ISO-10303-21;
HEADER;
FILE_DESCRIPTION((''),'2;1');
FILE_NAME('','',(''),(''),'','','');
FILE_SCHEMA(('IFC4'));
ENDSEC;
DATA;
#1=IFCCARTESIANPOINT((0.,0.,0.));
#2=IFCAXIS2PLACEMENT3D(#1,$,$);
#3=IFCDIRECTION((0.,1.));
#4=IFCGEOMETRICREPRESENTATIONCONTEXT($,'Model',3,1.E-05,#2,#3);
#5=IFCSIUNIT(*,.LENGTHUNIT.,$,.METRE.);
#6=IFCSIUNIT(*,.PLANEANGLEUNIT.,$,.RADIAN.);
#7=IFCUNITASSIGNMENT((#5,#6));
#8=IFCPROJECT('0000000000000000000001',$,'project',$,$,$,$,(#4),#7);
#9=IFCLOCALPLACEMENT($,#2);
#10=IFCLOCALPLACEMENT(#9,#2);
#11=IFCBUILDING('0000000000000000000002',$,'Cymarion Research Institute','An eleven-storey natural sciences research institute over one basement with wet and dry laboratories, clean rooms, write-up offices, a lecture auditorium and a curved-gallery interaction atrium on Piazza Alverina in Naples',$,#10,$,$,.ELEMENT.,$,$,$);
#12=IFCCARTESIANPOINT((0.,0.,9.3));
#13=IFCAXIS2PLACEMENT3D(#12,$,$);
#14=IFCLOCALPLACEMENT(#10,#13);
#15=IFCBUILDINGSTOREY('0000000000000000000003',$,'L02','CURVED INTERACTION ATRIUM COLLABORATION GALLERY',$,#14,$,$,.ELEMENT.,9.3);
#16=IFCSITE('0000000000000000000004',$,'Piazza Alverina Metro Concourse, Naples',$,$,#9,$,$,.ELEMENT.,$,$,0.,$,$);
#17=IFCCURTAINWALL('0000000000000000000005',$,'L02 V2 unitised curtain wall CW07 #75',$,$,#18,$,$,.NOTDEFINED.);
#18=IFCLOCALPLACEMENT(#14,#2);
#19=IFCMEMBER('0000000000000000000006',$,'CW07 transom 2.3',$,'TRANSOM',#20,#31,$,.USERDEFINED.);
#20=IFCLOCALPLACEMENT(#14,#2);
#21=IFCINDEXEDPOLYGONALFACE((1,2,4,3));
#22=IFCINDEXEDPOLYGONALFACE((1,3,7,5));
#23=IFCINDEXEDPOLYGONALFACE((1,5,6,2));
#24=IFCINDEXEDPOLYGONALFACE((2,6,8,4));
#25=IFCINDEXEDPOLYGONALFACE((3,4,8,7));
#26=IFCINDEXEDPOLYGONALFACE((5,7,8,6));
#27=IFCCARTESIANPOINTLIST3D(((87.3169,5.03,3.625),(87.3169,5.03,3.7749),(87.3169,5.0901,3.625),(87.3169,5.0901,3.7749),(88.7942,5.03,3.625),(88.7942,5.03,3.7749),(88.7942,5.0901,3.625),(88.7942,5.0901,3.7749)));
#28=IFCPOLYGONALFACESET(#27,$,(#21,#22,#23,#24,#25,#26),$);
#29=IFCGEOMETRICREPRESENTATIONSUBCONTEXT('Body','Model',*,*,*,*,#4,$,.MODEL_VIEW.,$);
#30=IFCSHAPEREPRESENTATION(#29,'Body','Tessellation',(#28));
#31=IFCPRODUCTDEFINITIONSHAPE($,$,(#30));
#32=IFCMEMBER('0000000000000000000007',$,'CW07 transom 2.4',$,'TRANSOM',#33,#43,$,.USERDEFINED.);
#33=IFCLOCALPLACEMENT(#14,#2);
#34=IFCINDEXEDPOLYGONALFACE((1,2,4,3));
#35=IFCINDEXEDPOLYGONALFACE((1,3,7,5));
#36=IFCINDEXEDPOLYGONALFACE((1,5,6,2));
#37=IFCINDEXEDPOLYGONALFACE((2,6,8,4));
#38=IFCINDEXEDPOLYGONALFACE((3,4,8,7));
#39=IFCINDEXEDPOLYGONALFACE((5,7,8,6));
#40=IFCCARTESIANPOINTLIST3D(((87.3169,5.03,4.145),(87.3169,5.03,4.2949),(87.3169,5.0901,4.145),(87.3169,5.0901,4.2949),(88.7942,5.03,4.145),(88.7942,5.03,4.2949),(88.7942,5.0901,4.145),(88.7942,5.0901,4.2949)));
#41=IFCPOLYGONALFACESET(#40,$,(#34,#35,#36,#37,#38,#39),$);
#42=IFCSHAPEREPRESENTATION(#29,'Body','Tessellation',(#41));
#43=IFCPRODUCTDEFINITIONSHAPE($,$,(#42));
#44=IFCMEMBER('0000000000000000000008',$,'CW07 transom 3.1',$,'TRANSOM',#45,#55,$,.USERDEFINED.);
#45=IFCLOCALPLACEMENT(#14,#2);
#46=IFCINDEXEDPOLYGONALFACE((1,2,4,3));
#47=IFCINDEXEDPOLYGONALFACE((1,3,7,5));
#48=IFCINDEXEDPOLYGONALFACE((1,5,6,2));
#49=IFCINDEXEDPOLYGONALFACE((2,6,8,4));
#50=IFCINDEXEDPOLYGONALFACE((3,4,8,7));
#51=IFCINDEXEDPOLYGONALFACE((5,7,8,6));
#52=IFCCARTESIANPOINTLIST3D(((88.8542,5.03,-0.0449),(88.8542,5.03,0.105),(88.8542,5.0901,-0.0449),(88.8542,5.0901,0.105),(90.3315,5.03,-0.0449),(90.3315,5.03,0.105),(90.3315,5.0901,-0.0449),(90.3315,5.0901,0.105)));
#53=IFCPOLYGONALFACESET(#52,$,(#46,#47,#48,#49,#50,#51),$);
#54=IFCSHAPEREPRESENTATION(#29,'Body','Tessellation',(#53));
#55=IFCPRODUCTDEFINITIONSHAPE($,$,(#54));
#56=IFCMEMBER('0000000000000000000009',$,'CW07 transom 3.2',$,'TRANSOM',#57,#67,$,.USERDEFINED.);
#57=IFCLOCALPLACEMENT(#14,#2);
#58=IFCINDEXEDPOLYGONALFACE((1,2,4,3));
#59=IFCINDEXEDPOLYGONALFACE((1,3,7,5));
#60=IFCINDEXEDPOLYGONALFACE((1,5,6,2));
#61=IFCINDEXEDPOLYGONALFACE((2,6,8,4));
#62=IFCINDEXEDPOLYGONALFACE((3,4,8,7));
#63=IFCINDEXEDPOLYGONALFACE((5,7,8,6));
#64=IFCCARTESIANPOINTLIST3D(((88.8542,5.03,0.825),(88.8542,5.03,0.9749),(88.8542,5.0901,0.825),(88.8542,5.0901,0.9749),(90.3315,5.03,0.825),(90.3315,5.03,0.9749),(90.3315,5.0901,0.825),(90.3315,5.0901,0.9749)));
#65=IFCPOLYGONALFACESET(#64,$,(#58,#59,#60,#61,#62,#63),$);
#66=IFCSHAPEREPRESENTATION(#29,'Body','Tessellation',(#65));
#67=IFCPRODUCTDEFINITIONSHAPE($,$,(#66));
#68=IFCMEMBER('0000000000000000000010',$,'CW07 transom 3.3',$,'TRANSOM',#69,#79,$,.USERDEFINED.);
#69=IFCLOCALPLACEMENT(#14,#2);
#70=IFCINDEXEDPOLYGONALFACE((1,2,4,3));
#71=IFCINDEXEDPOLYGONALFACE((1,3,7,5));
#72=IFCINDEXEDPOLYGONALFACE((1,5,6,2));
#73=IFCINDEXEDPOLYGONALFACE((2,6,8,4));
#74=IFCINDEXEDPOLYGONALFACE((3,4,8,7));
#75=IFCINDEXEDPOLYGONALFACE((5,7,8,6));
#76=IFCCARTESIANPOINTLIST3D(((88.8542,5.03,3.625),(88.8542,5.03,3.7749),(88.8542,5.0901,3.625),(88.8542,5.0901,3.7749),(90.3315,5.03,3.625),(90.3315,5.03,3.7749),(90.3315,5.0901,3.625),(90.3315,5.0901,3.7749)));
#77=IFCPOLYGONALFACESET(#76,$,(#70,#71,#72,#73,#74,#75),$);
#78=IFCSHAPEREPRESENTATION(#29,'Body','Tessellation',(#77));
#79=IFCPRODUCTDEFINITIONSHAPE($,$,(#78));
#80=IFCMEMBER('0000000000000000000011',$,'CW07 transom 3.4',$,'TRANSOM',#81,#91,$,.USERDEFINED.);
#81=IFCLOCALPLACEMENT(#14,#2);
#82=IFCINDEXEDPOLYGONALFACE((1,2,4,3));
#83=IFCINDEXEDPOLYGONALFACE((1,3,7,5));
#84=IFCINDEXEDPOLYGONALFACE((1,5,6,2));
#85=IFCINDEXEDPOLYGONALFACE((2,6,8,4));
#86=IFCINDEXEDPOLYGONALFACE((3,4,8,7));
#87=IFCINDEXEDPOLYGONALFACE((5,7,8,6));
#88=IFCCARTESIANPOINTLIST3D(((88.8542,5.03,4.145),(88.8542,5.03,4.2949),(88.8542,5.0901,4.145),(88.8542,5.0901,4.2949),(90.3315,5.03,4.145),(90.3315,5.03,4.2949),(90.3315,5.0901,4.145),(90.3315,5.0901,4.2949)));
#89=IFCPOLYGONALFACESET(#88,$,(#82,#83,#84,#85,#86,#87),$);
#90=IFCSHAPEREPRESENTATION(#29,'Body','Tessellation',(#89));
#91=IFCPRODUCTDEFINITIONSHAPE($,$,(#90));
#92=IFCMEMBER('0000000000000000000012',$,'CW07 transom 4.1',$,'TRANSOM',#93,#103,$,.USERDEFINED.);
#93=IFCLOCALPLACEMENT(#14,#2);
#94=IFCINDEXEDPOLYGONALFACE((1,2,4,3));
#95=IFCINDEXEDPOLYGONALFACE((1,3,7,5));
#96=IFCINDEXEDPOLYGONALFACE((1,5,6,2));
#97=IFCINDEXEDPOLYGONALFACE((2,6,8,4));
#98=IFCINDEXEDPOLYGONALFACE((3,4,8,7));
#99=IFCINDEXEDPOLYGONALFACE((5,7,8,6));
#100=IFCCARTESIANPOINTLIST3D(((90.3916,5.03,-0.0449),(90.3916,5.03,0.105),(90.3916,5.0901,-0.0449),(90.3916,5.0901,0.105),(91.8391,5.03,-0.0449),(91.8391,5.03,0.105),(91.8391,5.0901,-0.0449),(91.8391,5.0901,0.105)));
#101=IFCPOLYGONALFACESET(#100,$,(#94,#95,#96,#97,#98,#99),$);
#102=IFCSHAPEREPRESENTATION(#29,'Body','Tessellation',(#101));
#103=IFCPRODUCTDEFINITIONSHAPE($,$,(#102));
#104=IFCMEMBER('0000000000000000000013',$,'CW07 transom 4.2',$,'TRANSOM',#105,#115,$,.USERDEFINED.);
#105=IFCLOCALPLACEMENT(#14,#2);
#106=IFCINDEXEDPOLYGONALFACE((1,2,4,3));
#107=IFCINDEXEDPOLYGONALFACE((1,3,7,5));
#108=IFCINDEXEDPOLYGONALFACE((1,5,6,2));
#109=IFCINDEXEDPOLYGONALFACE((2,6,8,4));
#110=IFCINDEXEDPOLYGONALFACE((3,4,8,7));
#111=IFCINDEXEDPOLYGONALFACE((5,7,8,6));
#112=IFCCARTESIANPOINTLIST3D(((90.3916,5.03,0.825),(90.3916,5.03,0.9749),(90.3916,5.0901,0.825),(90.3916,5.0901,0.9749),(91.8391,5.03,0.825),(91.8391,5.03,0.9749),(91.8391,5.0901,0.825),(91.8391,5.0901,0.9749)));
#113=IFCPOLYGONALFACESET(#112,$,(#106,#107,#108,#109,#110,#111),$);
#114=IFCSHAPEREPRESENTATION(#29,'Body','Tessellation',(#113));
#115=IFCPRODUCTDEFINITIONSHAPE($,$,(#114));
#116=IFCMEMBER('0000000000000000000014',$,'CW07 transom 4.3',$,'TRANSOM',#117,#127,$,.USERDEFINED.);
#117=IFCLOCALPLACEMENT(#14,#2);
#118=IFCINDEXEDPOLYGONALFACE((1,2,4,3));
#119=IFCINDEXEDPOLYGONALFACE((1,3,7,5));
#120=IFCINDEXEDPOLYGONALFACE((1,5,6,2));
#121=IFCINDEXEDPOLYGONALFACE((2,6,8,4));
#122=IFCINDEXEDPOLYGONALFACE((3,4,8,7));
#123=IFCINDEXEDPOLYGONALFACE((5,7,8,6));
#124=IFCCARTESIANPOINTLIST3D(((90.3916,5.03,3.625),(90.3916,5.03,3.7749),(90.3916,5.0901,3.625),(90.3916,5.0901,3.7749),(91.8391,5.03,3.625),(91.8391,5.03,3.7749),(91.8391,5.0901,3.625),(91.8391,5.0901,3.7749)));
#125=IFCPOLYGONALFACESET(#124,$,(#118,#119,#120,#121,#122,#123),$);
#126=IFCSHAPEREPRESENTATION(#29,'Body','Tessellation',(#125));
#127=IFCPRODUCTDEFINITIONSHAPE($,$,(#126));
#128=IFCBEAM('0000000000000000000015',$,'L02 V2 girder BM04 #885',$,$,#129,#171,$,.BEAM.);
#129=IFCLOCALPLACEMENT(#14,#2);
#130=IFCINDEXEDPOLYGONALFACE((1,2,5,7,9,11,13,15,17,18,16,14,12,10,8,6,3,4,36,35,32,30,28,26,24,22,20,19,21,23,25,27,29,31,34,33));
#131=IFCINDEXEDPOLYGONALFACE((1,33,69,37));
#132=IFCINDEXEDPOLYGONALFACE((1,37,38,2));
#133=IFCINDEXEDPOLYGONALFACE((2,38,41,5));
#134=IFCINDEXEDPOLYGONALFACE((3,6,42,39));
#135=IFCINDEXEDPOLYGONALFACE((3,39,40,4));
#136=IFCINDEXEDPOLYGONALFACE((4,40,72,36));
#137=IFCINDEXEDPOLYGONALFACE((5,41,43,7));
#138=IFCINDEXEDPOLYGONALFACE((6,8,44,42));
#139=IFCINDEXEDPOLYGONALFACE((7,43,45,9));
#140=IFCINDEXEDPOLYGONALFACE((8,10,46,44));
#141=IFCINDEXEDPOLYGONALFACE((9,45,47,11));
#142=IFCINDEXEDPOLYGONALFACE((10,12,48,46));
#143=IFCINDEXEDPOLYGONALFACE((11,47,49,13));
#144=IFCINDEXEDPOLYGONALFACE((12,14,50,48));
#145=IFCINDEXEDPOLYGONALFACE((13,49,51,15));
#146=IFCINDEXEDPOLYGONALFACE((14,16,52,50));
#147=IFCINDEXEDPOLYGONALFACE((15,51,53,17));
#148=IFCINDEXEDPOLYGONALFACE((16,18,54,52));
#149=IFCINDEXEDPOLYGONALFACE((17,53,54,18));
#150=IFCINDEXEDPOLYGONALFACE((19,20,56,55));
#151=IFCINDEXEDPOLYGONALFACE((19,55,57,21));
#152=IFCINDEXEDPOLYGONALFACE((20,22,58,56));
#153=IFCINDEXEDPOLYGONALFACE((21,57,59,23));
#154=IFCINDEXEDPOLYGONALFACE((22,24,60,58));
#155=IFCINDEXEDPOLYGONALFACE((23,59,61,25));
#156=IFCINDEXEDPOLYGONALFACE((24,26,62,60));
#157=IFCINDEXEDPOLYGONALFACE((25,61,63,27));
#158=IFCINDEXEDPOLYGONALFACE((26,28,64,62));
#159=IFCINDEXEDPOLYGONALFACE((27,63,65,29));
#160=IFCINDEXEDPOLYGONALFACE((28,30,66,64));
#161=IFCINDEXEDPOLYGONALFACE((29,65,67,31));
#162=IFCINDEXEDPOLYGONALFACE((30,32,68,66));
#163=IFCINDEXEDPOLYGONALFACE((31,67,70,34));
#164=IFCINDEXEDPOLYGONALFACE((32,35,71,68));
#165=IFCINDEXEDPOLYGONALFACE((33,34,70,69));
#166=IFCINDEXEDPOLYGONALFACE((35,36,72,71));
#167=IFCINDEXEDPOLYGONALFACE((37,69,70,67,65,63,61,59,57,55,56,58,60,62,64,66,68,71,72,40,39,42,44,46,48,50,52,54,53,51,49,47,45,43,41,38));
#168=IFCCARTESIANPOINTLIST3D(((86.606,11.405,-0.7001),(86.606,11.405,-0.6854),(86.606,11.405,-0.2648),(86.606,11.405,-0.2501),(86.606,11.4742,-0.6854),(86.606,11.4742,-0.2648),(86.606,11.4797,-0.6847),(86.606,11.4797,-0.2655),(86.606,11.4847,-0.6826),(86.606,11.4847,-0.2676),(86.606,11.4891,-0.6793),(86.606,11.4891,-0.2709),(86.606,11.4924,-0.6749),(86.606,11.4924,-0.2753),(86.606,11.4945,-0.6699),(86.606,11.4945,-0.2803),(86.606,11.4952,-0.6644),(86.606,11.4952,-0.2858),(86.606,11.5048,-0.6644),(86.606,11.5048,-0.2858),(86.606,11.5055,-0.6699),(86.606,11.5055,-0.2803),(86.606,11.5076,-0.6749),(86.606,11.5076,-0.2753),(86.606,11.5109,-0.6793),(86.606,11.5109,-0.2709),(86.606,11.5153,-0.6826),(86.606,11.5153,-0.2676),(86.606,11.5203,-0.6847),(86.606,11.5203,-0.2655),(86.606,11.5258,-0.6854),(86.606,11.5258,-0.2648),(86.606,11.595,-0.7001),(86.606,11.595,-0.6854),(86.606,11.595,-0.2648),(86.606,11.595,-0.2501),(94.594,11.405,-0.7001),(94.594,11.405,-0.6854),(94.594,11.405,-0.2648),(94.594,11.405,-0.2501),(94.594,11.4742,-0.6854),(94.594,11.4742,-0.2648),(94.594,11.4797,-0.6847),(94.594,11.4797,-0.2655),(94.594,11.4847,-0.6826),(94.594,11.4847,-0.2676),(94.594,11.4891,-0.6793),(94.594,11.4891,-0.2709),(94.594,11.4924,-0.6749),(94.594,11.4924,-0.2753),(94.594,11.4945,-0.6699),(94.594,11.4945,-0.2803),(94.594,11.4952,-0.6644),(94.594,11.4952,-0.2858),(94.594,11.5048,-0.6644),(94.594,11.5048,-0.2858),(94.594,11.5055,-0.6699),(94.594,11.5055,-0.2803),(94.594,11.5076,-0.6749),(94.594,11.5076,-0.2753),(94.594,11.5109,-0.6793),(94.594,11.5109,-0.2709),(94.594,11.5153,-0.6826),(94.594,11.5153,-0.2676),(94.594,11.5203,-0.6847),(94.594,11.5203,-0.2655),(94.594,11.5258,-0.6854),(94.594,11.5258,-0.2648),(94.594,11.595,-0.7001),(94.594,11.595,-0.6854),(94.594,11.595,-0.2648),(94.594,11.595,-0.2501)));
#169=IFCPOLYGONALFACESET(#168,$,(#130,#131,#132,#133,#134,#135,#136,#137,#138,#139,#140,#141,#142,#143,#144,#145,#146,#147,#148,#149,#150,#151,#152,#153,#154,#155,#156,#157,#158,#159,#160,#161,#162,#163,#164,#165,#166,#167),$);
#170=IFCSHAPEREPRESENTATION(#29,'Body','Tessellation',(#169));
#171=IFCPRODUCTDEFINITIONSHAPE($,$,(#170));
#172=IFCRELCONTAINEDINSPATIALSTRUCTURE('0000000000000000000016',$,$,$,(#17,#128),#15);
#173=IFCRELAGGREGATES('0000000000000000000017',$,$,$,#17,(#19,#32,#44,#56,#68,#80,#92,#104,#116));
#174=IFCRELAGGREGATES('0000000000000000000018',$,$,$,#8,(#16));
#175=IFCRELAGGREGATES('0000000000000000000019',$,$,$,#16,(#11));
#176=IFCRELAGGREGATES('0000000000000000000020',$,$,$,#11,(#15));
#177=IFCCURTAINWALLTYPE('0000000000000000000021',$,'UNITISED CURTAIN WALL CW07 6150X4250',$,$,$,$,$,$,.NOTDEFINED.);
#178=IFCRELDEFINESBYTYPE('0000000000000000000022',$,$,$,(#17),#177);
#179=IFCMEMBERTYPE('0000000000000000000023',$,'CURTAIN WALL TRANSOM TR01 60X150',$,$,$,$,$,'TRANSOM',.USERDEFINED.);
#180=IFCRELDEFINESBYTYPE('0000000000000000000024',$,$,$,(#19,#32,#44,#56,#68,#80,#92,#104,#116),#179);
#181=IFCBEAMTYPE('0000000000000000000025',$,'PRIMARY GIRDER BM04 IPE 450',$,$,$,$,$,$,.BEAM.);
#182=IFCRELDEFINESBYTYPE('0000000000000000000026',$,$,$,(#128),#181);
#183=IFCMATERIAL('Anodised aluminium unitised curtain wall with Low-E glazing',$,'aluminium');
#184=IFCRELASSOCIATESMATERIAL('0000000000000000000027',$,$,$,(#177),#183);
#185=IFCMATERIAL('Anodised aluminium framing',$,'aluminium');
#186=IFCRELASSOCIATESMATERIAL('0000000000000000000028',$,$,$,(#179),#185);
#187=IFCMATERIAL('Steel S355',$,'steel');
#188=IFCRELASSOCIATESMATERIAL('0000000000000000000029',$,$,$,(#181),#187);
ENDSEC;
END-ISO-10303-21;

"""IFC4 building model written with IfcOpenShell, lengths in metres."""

from ifc_helpers import new_model, si_unit, direction, frame, origin, origin_2d, place, context, subcontext, project, spatial, rectangle, i_section, extrude, material, material_profile, profile_set, type_object, element, aggregate, save


model = new_model("IFC4")

# Units and contexts
model_context = context("Model", 3, precision=1e-05, world=origin(), true_north=direction((0.0, 1.0)))
body_context = subcontext(model_context, "Body", "Model", "MODEL_VIEW")
ifc_project = project(units=[si_unit("LENGTHUNIT", "METRE"), si_unit("PLANEANGLEUNIT", "RADIAN")], contexts=[model_context])

# Site, building, storey
site_placement = place(None, origin())
site = spatial("IfcSite", under=ifc_project, at=site_placement, Name="Piazza Alverina Metro Concourse, Naples", CompositionType="ELEMENT", RefElevation=0.0)
building_placement = place(site_placement, origin())
building = spatial("IfcBuilding", under=site, at=building_placement, Name="Cymarion Research Institute", Description="An eleven-storey natural sciences research institute over one basement with wet and dry laboratories, clean rooms, write-up offices, a lecture auditorium and a curved-gallery interaction atrium on Piazza Alverina in Naples", CompositionType="ELEMENT")
storey_placement = place(building_placement, frame((0.0, 0.0, 9.3)))
storey = spatial("IfcBuildingStorey", under=building, at=storey_placement, Name="L02", Description="CURVED INTERACTION ATRIUM COLLABORATION GALLERY", CompositionType="ELEMENT", Elevation=9.3)

# Shared definitions
ifc_material_1 = material(Name="Steel S355", Category="steel")

# Curtain wall, members
ifc_material_2 = material(Name="Anodised aluminium unitised curtain wall with Low-E glazing", Category="aluminium")
curtain_wall_type = type_object("IfcCurtainWallType", Name="UNITISED CURTAIN WALL CW07 6150X4250", PredefinedType="NOTDEFINED", material=ifc_material_2)
curtain_wall_placement = place(storey_placement, origin())
curtain_wall = element("IfcCurtainWall", 1, at=curtain_wall_placement, inside=storey, type_object=curtain_wall_type, Name="L02 V2 unitised curtain wall CW07 #75", PredefinedType="NOTDEFINED")
ifc_material_3 = material(Name="Anodised aluminium framing", Category="aluminium")
ifc_material_profile_1 = material_profile(ifc_material_3, rectangle(XDim=0.0601, YDim=0.1499, at=origin_2d()), Name="ALU TRANSOM 60x150")
ifc_profile_set_1 = profile_set([ifc_material_profile_1], Name="Anodised aluminium framing")
member_type_1 = type_object("IfcMemberType", Name="CURTAIN WALL TRANSOM TR01 60X150", ElementType="TRANSOM", PredefinedType="USERDEFINED", material=ifc_profile_set_1)
member_1_placement = place(storey_placement, frame((87.3169, 5.0601, 3.7), z_axis=(1.0, 0.0, 0.0), x_axis=(0.0, 1.0, 0.0)))
member_1 = element("IfcMember", 2, at=member_1_placement, type_object=member_type_1, Name="CW07 transom 2.3", ObjectType="TRANSOM", PredefinedType="USERDEFINED", context=body_context, shape_type="SweptSolid", body=[
    extrude(rectangle(XDim=0.0601, YDim=0.1499, at=origin_2d()), origin(), (0.0, 0.0, 1.0), 1.4773),
])
member_2_placement = place(storey_placement, frame((87.3169, 5.0601, 4.22), z_axis=(1.0, 0.0, 0.0), x_axis=(0.0, 1.0, 0.0)))
member_2 = element("IfcMember", 3, at=member_2_placement, type_object=member_type_1, Name="CW07 transom 2.4", ObjectType="TRANSOM", PredefinedType="USERDEFINED", context=body_context, shape_type="SweptSolid", body=[
    extrude(rectangle(XDim=0.0601, YDim=0.1499, at=origin_2d()), origin(), (0.0, 0.0, 1.0), 1.4773),
])
member_3_placement = place(storey_placement, frame((88.8542, 5.0601, 0.03), z_axis=(1.0, 0.0, 0.0), x_axis=(0.0, 1.0, 0.0)))
member_3 = element("IfcMember", 4, at=member_3_placement, type_object=member_type_1, Name="CW07 transom 3.1", ObjectType="TRANSOM", PredefinedType="USERDEFINED", context=body_context, shape_type="SweptSolid", body=[
    extrude(rectangle(XDim=0.0601, YDim=0.1499, at=origin_2d()), origin(), (0.0, 0.0, 1.0), 1.4773),
])
member_4_placement = place(storey_placement, frame((88.8542, 5.0601, 0.8999), z_axis=(1.0, 0.0, 0.0), x_axis=(0.0, 1.0, 0.0)))
member_4 = element("IfcMember", 5, at=member_4_placement, type_object=member_type_1, Name="CW07 transom 3.2", ObjectType="TRANSOM", PredefinedType="USERDEFINED", context=body_context, shape_type="SweptSolid", body=[
    extrude(rectangle(XDim=0.0601, YDim=0.1499, at=origin_2d()), origin(), (0.0, 0.0, 1.0), 1.4773),
])
member_5_placement = place(storey_placement, frame((88.8542, 5.0601, 3.7), z_axis=(1.0, 0.0, 0.0), x_axis=(0.0, 1.0, 0.0)))
member_5 = element("IfcMember", 6, at=member_5_placement, type_object=member_type_1, Name="CW07 transom 3.3", ObjectType="TRANSOM", PredefinedType="USERDEFINED", context=body_context, shape_type="SweptSolid", body=[
    extrude(rectangle(XDim=0.0601, YDim=0.1499, at=origin_2d()), origin(), (0.0, 0.0, 1.0), 1.4773),
])
member_6_placement = place(storey_placement, frame((88.8542, 5.0601, 4.22), z_axis=(1.0, 0.0, 0.0), x_axis=(0.0, 1.0, 0.0)))
member_6 = element("IfcMember", 7, at=member_6_placement, type_object=member_type_1, Name="CW07 transom 3.4", ObjectType="TRANSOM", PredefinedType="USERDEFINED", context=body_context, shape_type="SweptSolid", body=[
    extrude(rectangle(XDim=0.0601, YDim=0.1499, at=origin_2d()), origin(), (0.0, 0.0, 1.0), 1.4773),
])
member_7_placement = place(storey_placement, frame((90.3916, 5.0601, 0.03), z_axis=(1.0, 0.0, 0.0), x_axis=(0.0, 1.0, 0.0)))
member_7 = element("IfcMember", 8, at=member_7_placement, type_object=member_type_1, Name="CW07 transom 4.1", ObjectType="TRANSOM", PredefinedType="USERDEFINED", context=body_context, shape_type="SweptSolid", body=[
    extrude(rectangle(XDim=0.0601, YDim=0.1499, at=origin_2d()), origin(), (0.0, 0.0, 1.0), 1.4475),
])
member_8_placement = place(storey_placement, frame((90.3916, 5.0601, 0.8999), z_axis=(1.0, 0.0, 0.0), x_axis=(0.0, 1.0, 0.0)))
member_8 = element("IfcMember", 9, at=member_8_placement, type_object=member_type_1, Name="CW07 transom 4.2", ObjectType="TRANSOM", PredefinedType="USERDEFINED", context=body_context, shape_type="SweptSolid", body=[
    extrude(rectangle(XDim=0.0601, YDim=0.1499, at=origin_2d()), origin(), (0.0, 0.0, 1.0), 1.4475),
])
member_9_placement = place(storey_placement, frame((90.3916, 5.0601, 3.7), z_axis=(1.0, 0.0, 0.0), x_axis=(0.0, 1.0, 0.0)))
member_9 = element("IfcMember", 10, at=member_9_placement, type_object=member_type_1, Name="CW07 transom 4.3", ObjectType="TRANSOM", PredefinedType="USERDEFINED", context=body_context, shape_type="SweptSolid", body=[
    extrude(rectangle(XDim=0.0601, YDim=0.1499, at=origin_2d()), origin(), (0.0, 0.0, 1.0), 1.4475),
])

# Beam
ifc_material_profile_2 = material_profile(ifc_material_1, i_section(OverallWidth=0.1899, OverallDepth=0.45, WebThickness=0.0095, FlangeThickness=0.0146, FilletRadius=0.021, at=origin_2d()), Name="IPE 450")
ifc_profile_set_2 = profile_set([ifc_material_profile_2], Name="Steel S355")
beam_type_1 = type_object("IfcBeamType", Name="PRIMARY GIRDER BM04 IPE 450", PredefinedType="BEAM", material=ifc_profile_set_2)
beam_1_placement = place(storey_placement, frame((86.606, 11.5, -0.4751), z_axis=(1.0, 0.0, 0.0), x_axis=(0.0, 1.0, 0.0)))
element("IfcBeam", 11, at=beam_1_placement, inside=storey, type_object=beam_type_1, Name="L02 V2 girder BM04 #885", PredefinedType="BEAM", context=body_context, shape_type="SweptSolid", body=[
    extrude(i_section(OverallWidth=0.1899, OverallDepth=0.45, WebThickness=0.0095, FlangeThickness=0.0146, FilletRadius=0.021, at=origin_2d()), origin(), (0.0, 0.0, 1.0), 7.988),
])

aggregate(curtain_wall, [member_1, member_2, member_3, member_4, member_5, member_6, member_7, member_8, member_9])

save(model, "model.ifc")
